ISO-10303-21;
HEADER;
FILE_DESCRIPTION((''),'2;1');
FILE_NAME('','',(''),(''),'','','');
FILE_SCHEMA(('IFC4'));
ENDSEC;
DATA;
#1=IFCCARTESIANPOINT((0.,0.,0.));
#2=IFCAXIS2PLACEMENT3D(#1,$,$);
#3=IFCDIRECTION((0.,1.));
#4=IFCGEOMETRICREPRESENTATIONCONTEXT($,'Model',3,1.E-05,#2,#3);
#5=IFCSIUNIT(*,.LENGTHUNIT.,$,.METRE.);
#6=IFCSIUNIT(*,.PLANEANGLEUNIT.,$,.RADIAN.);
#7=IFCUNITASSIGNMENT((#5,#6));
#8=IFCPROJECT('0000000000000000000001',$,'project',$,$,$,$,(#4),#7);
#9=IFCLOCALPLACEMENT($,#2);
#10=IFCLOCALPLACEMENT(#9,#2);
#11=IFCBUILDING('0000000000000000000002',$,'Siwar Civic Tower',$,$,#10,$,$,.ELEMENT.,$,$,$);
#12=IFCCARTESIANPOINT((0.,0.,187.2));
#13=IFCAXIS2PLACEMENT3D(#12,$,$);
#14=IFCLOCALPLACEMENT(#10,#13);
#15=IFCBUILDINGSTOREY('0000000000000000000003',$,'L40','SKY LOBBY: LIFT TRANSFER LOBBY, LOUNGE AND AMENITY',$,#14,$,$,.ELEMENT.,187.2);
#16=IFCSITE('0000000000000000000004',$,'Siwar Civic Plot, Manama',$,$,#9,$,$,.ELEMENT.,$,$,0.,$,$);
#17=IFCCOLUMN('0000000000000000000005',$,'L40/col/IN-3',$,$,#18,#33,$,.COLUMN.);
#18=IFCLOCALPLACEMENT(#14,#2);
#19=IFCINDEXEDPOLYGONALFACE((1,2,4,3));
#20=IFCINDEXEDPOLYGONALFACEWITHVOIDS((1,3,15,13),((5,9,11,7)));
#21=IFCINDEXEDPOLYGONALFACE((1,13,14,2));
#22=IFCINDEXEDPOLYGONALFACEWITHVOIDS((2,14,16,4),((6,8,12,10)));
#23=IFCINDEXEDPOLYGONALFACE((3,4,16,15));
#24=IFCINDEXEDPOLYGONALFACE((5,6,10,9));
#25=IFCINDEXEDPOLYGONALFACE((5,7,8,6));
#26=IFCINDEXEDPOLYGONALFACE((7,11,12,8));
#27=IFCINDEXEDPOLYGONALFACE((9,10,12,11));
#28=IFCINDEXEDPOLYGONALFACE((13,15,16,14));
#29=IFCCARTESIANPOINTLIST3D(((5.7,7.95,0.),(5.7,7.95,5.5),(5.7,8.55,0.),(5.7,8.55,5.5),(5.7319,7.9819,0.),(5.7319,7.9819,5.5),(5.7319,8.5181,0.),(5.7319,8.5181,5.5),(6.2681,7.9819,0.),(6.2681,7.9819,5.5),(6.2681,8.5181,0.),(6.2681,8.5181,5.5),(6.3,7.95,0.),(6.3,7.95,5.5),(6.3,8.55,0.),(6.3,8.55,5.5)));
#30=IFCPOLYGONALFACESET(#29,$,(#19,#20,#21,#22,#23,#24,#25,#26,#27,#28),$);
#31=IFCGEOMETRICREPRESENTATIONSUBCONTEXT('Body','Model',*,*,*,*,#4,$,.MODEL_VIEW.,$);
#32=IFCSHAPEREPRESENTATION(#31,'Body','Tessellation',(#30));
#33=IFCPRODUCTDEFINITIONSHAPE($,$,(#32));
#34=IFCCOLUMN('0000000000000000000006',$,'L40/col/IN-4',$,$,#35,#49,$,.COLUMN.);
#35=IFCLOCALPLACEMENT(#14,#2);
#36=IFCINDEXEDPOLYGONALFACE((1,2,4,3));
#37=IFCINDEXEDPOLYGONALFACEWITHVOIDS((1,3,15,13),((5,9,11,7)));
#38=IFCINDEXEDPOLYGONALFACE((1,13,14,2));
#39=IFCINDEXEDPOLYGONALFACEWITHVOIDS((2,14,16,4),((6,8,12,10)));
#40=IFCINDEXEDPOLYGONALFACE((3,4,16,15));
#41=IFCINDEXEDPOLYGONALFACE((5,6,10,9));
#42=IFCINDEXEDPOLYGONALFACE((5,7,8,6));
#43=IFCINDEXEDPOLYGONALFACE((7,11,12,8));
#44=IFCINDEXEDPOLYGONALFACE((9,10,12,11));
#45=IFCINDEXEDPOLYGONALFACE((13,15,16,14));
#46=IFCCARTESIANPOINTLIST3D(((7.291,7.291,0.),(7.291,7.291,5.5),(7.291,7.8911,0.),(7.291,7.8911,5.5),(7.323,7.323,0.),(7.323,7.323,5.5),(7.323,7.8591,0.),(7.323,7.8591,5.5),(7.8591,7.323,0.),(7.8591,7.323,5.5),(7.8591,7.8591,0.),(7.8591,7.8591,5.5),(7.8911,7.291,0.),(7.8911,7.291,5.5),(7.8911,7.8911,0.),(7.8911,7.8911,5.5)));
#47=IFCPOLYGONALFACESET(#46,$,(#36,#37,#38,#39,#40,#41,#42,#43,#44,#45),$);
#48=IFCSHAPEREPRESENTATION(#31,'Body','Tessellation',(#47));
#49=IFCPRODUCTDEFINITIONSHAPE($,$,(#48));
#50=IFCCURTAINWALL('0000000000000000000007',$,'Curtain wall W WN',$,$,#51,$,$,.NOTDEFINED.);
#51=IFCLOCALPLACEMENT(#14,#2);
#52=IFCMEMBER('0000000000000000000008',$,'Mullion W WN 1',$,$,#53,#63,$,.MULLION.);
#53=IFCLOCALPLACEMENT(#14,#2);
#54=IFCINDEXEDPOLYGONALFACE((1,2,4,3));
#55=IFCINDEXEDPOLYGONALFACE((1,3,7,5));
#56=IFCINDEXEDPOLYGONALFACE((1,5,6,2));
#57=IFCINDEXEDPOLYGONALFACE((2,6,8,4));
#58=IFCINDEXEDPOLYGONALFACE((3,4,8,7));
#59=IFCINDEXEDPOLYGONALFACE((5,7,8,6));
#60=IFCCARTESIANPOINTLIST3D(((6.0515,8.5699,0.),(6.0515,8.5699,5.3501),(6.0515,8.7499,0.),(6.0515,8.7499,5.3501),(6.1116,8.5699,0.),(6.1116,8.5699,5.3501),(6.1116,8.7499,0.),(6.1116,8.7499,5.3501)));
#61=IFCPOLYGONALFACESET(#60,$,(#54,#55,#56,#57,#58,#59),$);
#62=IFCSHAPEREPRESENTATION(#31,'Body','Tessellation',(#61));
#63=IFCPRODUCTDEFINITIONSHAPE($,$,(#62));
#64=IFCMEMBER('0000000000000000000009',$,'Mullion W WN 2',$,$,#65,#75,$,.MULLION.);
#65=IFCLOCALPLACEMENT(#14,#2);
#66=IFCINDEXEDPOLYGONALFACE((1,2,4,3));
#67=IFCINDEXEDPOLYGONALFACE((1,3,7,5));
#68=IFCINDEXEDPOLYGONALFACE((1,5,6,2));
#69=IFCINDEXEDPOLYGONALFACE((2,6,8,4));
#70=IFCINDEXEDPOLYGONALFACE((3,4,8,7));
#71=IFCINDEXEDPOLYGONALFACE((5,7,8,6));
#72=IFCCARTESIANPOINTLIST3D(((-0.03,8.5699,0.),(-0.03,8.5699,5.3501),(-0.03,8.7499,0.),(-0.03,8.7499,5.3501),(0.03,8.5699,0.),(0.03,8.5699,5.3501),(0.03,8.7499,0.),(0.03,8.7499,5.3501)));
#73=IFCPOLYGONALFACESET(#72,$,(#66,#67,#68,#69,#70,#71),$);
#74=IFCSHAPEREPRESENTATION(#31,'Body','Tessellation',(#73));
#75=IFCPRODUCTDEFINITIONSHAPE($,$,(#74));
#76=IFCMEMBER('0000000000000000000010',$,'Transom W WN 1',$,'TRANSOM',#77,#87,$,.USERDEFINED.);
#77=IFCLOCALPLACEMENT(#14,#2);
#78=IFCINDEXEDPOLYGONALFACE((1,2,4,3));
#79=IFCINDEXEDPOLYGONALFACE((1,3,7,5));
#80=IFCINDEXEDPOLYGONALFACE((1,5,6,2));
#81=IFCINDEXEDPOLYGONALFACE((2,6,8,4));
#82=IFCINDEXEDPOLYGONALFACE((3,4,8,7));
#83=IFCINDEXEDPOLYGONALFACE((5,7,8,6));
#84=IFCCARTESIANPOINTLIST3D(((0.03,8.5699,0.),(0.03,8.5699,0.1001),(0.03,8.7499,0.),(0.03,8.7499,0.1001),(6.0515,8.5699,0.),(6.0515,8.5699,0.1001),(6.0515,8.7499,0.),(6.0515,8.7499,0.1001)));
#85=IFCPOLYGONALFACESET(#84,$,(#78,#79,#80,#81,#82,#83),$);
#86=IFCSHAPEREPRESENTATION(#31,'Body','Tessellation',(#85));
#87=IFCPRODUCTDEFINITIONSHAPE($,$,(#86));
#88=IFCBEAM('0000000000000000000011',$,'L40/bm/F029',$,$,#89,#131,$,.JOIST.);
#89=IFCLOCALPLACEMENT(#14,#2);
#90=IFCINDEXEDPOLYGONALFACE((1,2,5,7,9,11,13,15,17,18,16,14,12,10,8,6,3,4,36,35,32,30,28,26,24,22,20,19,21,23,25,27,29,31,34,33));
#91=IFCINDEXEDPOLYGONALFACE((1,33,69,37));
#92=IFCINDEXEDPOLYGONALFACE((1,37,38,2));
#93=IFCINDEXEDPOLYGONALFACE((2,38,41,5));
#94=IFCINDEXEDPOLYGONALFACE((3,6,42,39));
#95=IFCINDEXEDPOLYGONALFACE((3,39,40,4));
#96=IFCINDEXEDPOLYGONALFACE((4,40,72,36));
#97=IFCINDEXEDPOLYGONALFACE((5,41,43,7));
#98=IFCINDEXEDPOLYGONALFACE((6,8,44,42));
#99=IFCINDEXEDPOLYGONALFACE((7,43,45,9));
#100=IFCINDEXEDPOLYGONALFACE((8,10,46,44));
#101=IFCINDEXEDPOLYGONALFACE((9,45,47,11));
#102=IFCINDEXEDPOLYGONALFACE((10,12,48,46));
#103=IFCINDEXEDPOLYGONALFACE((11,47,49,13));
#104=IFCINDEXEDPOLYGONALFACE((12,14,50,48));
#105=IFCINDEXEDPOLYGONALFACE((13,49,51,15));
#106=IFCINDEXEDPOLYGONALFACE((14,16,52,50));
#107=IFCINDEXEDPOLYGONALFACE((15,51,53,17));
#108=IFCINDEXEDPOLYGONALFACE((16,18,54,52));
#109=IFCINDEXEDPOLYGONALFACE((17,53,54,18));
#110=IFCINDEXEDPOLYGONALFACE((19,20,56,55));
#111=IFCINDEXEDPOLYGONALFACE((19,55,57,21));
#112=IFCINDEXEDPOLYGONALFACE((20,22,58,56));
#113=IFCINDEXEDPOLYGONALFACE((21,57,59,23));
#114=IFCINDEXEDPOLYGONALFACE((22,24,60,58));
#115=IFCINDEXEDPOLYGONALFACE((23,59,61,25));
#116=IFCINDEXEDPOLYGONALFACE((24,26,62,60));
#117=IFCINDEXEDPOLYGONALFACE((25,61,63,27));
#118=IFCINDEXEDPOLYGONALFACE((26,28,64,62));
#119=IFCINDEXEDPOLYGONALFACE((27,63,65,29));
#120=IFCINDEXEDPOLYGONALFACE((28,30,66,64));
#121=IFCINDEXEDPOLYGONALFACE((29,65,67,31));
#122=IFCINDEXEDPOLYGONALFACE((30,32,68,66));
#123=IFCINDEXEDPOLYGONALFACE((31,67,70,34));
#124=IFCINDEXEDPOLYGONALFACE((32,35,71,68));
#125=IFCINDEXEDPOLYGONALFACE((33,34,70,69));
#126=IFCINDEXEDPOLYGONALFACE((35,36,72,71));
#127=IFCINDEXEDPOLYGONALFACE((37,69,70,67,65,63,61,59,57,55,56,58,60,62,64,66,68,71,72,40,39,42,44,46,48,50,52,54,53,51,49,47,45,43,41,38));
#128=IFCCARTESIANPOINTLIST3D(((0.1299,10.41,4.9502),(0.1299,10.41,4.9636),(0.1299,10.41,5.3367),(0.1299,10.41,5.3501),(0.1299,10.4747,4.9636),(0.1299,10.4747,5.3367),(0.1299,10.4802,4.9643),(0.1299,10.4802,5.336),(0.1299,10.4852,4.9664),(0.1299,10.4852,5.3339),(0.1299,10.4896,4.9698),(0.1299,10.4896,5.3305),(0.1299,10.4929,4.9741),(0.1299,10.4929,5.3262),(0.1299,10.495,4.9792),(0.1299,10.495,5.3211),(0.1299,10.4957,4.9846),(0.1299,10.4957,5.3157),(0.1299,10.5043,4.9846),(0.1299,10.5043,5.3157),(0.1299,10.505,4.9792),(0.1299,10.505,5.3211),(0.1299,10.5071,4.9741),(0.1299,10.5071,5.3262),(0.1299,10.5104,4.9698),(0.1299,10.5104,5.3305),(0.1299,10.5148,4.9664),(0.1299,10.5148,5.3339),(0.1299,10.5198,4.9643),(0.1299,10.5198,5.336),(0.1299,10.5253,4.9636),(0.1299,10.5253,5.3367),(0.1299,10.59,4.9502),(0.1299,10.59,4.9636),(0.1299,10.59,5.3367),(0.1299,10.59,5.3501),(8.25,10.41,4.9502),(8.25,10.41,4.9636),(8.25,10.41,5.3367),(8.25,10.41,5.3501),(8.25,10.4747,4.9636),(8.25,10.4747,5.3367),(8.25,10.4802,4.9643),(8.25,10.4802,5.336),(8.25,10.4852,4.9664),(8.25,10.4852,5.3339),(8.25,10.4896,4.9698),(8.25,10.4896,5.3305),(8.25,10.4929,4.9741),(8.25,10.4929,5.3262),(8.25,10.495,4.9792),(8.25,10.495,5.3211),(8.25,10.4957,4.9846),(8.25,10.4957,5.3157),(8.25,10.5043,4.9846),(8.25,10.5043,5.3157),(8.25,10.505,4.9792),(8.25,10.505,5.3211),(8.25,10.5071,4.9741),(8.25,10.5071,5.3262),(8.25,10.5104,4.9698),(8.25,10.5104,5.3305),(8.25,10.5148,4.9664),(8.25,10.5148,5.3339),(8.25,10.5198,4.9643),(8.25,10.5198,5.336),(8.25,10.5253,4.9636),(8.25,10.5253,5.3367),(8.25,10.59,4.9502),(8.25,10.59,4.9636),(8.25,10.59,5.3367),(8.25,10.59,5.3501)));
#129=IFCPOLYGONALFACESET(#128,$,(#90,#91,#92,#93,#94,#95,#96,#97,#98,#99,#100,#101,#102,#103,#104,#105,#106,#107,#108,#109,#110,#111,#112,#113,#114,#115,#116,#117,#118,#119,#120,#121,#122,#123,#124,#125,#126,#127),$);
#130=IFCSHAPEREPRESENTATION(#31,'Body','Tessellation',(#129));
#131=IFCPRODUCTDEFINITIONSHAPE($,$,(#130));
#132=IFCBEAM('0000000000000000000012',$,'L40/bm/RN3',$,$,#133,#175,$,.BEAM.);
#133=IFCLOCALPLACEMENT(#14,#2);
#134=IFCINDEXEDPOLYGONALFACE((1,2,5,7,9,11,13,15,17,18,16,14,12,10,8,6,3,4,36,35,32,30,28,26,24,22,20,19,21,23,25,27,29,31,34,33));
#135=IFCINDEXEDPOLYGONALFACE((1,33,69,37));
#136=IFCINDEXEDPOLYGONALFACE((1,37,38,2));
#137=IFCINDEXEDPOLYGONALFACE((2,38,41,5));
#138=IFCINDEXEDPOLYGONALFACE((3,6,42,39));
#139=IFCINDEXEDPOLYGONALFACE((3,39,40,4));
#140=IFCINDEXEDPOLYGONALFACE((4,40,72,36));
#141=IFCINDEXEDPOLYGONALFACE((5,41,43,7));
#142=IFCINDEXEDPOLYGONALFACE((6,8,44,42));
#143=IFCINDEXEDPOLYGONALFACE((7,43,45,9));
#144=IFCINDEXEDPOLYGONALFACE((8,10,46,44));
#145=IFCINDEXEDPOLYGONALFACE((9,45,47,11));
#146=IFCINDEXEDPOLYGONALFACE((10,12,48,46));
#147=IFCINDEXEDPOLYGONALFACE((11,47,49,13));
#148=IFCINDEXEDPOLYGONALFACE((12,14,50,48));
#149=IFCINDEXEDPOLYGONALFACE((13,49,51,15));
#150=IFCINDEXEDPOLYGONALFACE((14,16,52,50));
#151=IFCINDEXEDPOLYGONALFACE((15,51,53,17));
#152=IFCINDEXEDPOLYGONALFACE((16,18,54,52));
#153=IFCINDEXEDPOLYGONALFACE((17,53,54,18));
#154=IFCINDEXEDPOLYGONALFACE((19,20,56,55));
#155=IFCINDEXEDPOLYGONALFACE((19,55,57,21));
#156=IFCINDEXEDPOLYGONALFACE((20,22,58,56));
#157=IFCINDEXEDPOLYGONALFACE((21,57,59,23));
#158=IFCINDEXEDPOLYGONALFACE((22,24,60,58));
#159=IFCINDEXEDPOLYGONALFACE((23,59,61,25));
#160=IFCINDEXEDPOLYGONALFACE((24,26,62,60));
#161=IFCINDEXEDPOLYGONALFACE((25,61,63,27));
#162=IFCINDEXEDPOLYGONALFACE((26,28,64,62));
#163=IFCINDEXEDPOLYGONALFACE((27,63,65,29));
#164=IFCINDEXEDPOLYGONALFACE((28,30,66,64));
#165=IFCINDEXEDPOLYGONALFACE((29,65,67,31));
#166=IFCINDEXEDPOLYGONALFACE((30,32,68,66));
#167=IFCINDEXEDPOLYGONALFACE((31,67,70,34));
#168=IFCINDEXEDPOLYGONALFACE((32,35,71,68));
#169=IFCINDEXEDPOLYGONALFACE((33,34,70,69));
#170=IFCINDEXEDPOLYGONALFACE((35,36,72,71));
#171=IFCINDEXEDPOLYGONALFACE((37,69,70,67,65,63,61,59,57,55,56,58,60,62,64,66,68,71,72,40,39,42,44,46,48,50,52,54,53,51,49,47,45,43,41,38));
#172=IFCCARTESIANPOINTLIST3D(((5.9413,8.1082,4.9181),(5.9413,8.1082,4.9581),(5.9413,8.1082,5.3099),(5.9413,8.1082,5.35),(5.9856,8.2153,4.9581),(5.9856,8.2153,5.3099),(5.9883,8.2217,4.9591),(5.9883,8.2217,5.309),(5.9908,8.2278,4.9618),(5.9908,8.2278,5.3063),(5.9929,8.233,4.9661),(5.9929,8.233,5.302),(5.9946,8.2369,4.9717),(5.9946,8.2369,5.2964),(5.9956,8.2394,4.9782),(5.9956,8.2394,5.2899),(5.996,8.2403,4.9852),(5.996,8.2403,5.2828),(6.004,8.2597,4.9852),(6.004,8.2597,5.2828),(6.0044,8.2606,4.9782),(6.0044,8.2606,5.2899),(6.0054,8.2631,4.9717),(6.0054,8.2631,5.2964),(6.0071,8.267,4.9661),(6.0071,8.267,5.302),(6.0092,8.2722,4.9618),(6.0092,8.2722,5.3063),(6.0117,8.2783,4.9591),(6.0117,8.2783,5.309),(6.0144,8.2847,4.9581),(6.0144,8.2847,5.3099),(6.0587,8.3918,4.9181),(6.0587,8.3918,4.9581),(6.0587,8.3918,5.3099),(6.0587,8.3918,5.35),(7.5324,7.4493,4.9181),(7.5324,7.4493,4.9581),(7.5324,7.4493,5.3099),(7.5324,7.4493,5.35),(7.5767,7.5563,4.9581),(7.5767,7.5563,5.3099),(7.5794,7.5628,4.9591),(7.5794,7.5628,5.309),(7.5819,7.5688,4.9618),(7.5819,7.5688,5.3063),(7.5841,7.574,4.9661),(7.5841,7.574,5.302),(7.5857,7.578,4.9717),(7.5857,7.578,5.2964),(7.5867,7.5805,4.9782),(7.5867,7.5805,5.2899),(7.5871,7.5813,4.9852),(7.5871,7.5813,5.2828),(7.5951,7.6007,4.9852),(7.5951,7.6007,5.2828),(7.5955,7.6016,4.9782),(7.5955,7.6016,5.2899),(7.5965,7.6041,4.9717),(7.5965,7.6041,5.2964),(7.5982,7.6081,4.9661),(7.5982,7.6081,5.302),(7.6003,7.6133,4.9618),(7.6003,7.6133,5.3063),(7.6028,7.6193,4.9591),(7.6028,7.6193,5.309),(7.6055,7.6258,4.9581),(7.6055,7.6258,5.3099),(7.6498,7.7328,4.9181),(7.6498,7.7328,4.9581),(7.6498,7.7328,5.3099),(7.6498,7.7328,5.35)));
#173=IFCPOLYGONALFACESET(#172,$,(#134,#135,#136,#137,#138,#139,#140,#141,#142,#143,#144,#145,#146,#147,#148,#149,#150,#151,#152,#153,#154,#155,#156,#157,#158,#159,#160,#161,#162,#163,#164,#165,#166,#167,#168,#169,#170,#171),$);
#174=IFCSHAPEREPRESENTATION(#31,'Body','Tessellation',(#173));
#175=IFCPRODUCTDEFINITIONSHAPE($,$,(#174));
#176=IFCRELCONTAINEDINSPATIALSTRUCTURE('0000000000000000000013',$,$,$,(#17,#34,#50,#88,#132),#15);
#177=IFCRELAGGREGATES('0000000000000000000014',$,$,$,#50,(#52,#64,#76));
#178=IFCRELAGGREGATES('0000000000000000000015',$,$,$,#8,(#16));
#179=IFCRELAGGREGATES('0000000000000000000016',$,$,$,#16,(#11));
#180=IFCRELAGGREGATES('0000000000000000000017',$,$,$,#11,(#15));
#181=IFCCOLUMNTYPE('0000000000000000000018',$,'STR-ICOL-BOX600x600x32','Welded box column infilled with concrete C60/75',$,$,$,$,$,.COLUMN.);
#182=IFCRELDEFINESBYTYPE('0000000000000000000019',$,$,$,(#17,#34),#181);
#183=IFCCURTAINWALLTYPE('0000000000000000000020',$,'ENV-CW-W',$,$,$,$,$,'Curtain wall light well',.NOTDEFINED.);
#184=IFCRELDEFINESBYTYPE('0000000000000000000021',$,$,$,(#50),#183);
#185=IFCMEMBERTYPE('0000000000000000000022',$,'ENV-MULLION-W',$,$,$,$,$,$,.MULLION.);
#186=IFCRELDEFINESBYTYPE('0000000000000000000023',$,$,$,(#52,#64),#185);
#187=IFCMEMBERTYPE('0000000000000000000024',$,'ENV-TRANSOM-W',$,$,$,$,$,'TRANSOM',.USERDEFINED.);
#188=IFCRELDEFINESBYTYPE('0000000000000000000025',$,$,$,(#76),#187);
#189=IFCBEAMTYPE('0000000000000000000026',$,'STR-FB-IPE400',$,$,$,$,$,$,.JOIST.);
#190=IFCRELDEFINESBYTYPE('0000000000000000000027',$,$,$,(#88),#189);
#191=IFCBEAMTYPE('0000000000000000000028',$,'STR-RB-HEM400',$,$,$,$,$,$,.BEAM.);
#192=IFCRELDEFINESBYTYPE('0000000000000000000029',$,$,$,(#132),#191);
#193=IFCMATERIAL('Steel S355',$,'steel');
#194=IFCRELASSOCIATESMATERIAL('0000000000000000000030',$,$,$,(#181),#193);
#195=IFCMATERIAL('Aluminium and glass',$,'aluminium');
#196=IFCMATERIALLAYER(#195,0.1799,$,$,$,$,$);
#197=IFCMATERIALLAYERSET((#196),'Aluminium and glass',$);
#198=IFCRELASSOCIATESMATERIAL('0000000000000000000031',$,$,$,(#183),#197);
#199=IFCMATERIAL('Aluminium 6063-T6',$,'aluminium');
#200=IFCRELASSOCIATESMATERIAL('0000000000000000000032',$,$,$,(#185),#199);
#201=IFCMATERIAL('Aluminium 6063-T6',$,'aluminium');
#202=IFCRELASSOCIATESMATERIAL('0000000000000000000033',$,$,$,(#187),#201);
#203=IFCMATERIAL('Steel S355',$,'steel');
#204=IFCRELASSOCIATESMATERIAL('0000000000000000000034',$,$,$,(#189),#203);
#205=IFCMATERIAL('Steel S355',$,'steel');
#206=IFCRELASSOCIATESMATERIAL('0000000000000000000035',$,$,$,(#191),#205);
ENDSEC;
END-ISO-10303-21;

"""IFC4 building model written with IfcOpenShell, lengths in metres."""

from ifc_helpers import new_model, si_unit, direction, frame, origin, origin_2d, place, context, subcontext, project, spatial, rectangle, hollow_rectangle, i_section, extrude, material, layer, layer_set, material_profile, profile_set, type_object, element, aggregate, save


model = new_model("IFC4")

# Units and contexts
model_context = context("Model", 3, precision=1e-05, world=origin(), true_north=direction((0.0, 1.0)))
body_context = subcontext(model_context, "Body", "Model", "MODEL_VIEW")
ifc_project = project(units=[si_unit("LENGTHUNIT", "METRE"), si_unit("PLANEANGLEUNIT", "RADIAN")], contexts=[model_context])

# Site, building, storey
site_placement = place(None, origin())
site = spatial("IfcSite", under=ifc_project, at=site_placement, Name="Siwar Civic Plot, Manama", CompositionType="ELEMENT", RefElevation=0.0)
building_placement = place(site_placement, origin())
building = spatial("IfcBuilding", under=site, at=building_placement, Name="Siwar Civic Tower", CompositionType="ELEMENT")
storey_placement = place(building_placement, frame((0.0, 0.0, 187.2)))
storey = spatial("IfcBuildingStorey", under=building, at=storey_placement, Name="L40", Description="SKY LOBBY: LIFT TRANSFER LOBBY, LOUNGE AND AMENITY", CompositionType="ELEMENT", Elevation=187.2)

# Columns
ifc_material_1 = material(Name="Steel S355", Category="steel")
ifc_material_profile_1 = material_profile(ifc_material_1, hollow_rectangle(XDim=0.6001, YDim=0.6001, WallThickness=0.032, at=origin_2d()), Name="BOX600x600x32")
ifc_profile_set_1 = profile_set([ifc_material_profile_1], Name="Steel S355")
column_type = type_object("IfcColumnType", Name="STR-ICOL-BOX600x600x32", Description="Welded box column infilled with concrete C60/75", PredefinedType="COLUMN", material=ifc_profile_set_1)
for number, where, z_axis, x_axis, name in (
    (1, (6.0, 8.25, 0.0), (0.0, 0.0, 1.0), (1.0, 0.0, 0.0), "L40/col/IN-3"),
    (2, (7.5911, 7.5911, 0.0), (0.0, 0.0, 1.0), (1.0, 0.0, 0.0), "L40/col/IN-4"),
):
    element("IfcColumn", number, at=place(storey_placement, frame(where, z_axis=z_axis, x_axis=x_axis)), inside=storey, type_object=column_type, Name=name, PredefinedType="COLUMN", context=body_context, shape_type="SweptSolid", body=[
        extrude(hollow_rectangle(XDim=0.6001, YDim=0.6001, WallThickness=0.032, at=origin_2d()), origin(), (0.0, 0.0, 1.0), 5.5),
    ])

# Curtain wall, members
ifc_material_2 = material(Name="Aluminium and glass", Category="aluminium")
ifc_layer_1 = layer(ifc_material_2, 0.1799)
ifc_layer_set_1 = layer_set([ifc_layer_1], Name="Aluminium and glass")
curtain_wall_type = type_object("IfcCurtainWallType", Name="ENV-CW-W", ElementType="Curtain wall light well", PredefinedType="NOTDEFINED", material=ifc_layer_set_1)
curtain_wall_placement = place(storey_placement, origin())
curtain_wall = element("IfcCurtainWall", 3, at=curtain_wall_placement, inside=storey, type_object=curtain_wall_type, Name="Curtain wall W WN", PredefinedType="NOTDEFINED")
ifc_material_3 = material(Name="Aluminium 6063-T6", Category="aluminium")
ifc_material_profile_2 = material_profile(ifc_material_3, rectangle(XDim=0.1799, YDim=0.0601, at=origin_2d()), Name="AL 180x60")
ifc_profile_set_2 = profile_set([ifc_material_profile_2], Name="Aluminium 6063-T6")
member_type_1 = type_object("IfcMemberType", Name="ENV-MULLION-W", PredefinedType="MULLION", material=ifc_profile_set_2)
member_1_placement = place(storey_placement, frame((6.0815, 8.6599, 0.0), z_axis=(0.0, 0.0, 1.0), x_axis=(0.0, -1.0, 0.0)))
member_1 = element("IfcMember", 4, at=member_1_placement, type_object=member_type_1, Name="Mullion W WN 1", PredefinedType="MULLION", context=body_context, shape_type="SweptSolid", body=[
    extrude(rectangle(XDim=0.1799, YDim=0.0601, at=origin_2d()), origin(), (0.0, 0.0, 1.0), 5.3501),
])
member_2_placement = place(storey_placement, frame((0.0, 8.6599, 0.0), z_axis=(0.0, 0.0, 1.0), x_axis=(0.0, -1.0, 0.0)))
member_2 = element("IfcMember", 5, at=member_2_placement, type_object=member_type_1, Name="Mullion W WN 2", PredefinedType="MULLION", context=body_context, shape_type="SweptSolid", body=[
    extrude(rectangle(XDim=0.1799, YDim=0.0601, at=origin_2d()), origin(), (0.0, 0.0, 1.0), 5.3501),
])
ifc_material_4 = material(Name="Aluminium 6063-T6", Category="aluminium")
ifc_material_profile_3 = material_profile(ifc_material_4, rectangle(XDim=0.1799, YDim=0.1001, at=origin_2d()), Name="AL 180x100")
ifc_profile_set_3 = profile_set([ifc_material_profile_3], Name="Aluminium 6063-T6")
member_type_2 = type_object("IfcMemberType", Name="ENV-TRANSOM-W", ElementType="TRANSOM", PredefinedType="USERDEFINED", material=ifc_profile_set_3)
member_3_placement = place(storey_placement, frame((6.0515, 8.6599, 0.05), z_axis=(-1.0, 0.0, 0.0), x_axis=(0.0, -1.0, 0.0)))
member_3 = element("IfcMember", 6, at=member_3_placement, type_object=member_type_2, Name="Transom W WN 1", ObjectType="TRANSOM", PredefinedType="USERDEFINED", context=body_context, shape_type="SweptSolid", body=[
    extrude(rectangle(XDim=0.1799, YDim=0.1001, at=origin_2d()), origin(), (0.0, 0.0, 1.0), 6.0215),
])

# Beams
ifc_material_5 = material(Name="Steel S355", Category="steel")
ifc_material_profile_4 = material_profile(ifc_material_5, i_section(OverallWidth=0.1799, OverallDepth=0.3999, WebThickness=0.0085, FlangeThickness=0.0134, FilletRadius=0.021, at=origin_2d()), Name="IPE400")
ifc_profile_set_4 = profile_set([ifc_material_profile_4], Name="Steel S355")
beam_type_1 = type_object("IfcBeamType", Name="STR-FB-IPE400", PredefinedType="JOIST", material=ifc_profile_set_4)
beam_placement = place(storey_placement, frame((0.1299, 10.5, 5.1501), z_axis=(1.0, 0.0, 0.0), x_axis=(0.0, 1.0, 0.0)))
element("IfcBeam", 7, at=beam_placement, inside=storey, type_object=beam_type_1, Name="L40/bm/F029", PredefinedType="JOIST", context=body_context, shape_type="SweptSolid", body=[
    extrude(i_section(OverallWidth=0.1799, OverallDepth=0.3999, WebThickness=0.0085, FlangeThickness=0.0134, FilletRadius=0.021, at=origin_2d()), origin(), (0.0, 0.0, 1.0), 8.1201),
])
ifc_material_6 = material(Name="Steel S355", Category="steel")
ifc_material_profile_5 = material_profile(ifc_material_6, i_section(OverallWidth=0.3069, OverallDepth=0.4319, WebThickness=0.021, FlangeThickness=0.04, FilletRadius=0.0271, at=origin_2d()), Name="HEM400")
ifc_profile_set_5 = profile_set([ifc_material_profile_5], Name="Steel S355")
beam_type_2 = type_object("IfcBeamType", Name="STR-RB-HEM400", PredefinedType="BEAM", material=ifc_profile_set_5)
for number, where, z_axis, x_axis, name in (
    (8, (6.0, 8.25, 5.134), (0.923901, -0.382631, 0.0), (0.382631, 0.923901, 0.0), "L40/bm/RN3"),
):
    element("IfcBeam", number, at=place(storey_placement, frame(where, z_axis=z_axis, x_axis=x_axis)), inside=storey, type_object=beam_type_2, Name=name, PredefinedType="BEAM", context=body_context, shape_type="SweptSolid", body=[
        extrude(i_section(OverallWidth=0.3069, OverallDepth=0.4319, WebThickness=0.021, FlangeThickness=0.04, FilletRadius=0.0271, at=origin_2d()), origin(), (0.0, 0.0, 1.0), 1.7222),
    ])

aggregate(curtain_wall, [member_1, member_2, member_3])

save(model, "model.ifc")
